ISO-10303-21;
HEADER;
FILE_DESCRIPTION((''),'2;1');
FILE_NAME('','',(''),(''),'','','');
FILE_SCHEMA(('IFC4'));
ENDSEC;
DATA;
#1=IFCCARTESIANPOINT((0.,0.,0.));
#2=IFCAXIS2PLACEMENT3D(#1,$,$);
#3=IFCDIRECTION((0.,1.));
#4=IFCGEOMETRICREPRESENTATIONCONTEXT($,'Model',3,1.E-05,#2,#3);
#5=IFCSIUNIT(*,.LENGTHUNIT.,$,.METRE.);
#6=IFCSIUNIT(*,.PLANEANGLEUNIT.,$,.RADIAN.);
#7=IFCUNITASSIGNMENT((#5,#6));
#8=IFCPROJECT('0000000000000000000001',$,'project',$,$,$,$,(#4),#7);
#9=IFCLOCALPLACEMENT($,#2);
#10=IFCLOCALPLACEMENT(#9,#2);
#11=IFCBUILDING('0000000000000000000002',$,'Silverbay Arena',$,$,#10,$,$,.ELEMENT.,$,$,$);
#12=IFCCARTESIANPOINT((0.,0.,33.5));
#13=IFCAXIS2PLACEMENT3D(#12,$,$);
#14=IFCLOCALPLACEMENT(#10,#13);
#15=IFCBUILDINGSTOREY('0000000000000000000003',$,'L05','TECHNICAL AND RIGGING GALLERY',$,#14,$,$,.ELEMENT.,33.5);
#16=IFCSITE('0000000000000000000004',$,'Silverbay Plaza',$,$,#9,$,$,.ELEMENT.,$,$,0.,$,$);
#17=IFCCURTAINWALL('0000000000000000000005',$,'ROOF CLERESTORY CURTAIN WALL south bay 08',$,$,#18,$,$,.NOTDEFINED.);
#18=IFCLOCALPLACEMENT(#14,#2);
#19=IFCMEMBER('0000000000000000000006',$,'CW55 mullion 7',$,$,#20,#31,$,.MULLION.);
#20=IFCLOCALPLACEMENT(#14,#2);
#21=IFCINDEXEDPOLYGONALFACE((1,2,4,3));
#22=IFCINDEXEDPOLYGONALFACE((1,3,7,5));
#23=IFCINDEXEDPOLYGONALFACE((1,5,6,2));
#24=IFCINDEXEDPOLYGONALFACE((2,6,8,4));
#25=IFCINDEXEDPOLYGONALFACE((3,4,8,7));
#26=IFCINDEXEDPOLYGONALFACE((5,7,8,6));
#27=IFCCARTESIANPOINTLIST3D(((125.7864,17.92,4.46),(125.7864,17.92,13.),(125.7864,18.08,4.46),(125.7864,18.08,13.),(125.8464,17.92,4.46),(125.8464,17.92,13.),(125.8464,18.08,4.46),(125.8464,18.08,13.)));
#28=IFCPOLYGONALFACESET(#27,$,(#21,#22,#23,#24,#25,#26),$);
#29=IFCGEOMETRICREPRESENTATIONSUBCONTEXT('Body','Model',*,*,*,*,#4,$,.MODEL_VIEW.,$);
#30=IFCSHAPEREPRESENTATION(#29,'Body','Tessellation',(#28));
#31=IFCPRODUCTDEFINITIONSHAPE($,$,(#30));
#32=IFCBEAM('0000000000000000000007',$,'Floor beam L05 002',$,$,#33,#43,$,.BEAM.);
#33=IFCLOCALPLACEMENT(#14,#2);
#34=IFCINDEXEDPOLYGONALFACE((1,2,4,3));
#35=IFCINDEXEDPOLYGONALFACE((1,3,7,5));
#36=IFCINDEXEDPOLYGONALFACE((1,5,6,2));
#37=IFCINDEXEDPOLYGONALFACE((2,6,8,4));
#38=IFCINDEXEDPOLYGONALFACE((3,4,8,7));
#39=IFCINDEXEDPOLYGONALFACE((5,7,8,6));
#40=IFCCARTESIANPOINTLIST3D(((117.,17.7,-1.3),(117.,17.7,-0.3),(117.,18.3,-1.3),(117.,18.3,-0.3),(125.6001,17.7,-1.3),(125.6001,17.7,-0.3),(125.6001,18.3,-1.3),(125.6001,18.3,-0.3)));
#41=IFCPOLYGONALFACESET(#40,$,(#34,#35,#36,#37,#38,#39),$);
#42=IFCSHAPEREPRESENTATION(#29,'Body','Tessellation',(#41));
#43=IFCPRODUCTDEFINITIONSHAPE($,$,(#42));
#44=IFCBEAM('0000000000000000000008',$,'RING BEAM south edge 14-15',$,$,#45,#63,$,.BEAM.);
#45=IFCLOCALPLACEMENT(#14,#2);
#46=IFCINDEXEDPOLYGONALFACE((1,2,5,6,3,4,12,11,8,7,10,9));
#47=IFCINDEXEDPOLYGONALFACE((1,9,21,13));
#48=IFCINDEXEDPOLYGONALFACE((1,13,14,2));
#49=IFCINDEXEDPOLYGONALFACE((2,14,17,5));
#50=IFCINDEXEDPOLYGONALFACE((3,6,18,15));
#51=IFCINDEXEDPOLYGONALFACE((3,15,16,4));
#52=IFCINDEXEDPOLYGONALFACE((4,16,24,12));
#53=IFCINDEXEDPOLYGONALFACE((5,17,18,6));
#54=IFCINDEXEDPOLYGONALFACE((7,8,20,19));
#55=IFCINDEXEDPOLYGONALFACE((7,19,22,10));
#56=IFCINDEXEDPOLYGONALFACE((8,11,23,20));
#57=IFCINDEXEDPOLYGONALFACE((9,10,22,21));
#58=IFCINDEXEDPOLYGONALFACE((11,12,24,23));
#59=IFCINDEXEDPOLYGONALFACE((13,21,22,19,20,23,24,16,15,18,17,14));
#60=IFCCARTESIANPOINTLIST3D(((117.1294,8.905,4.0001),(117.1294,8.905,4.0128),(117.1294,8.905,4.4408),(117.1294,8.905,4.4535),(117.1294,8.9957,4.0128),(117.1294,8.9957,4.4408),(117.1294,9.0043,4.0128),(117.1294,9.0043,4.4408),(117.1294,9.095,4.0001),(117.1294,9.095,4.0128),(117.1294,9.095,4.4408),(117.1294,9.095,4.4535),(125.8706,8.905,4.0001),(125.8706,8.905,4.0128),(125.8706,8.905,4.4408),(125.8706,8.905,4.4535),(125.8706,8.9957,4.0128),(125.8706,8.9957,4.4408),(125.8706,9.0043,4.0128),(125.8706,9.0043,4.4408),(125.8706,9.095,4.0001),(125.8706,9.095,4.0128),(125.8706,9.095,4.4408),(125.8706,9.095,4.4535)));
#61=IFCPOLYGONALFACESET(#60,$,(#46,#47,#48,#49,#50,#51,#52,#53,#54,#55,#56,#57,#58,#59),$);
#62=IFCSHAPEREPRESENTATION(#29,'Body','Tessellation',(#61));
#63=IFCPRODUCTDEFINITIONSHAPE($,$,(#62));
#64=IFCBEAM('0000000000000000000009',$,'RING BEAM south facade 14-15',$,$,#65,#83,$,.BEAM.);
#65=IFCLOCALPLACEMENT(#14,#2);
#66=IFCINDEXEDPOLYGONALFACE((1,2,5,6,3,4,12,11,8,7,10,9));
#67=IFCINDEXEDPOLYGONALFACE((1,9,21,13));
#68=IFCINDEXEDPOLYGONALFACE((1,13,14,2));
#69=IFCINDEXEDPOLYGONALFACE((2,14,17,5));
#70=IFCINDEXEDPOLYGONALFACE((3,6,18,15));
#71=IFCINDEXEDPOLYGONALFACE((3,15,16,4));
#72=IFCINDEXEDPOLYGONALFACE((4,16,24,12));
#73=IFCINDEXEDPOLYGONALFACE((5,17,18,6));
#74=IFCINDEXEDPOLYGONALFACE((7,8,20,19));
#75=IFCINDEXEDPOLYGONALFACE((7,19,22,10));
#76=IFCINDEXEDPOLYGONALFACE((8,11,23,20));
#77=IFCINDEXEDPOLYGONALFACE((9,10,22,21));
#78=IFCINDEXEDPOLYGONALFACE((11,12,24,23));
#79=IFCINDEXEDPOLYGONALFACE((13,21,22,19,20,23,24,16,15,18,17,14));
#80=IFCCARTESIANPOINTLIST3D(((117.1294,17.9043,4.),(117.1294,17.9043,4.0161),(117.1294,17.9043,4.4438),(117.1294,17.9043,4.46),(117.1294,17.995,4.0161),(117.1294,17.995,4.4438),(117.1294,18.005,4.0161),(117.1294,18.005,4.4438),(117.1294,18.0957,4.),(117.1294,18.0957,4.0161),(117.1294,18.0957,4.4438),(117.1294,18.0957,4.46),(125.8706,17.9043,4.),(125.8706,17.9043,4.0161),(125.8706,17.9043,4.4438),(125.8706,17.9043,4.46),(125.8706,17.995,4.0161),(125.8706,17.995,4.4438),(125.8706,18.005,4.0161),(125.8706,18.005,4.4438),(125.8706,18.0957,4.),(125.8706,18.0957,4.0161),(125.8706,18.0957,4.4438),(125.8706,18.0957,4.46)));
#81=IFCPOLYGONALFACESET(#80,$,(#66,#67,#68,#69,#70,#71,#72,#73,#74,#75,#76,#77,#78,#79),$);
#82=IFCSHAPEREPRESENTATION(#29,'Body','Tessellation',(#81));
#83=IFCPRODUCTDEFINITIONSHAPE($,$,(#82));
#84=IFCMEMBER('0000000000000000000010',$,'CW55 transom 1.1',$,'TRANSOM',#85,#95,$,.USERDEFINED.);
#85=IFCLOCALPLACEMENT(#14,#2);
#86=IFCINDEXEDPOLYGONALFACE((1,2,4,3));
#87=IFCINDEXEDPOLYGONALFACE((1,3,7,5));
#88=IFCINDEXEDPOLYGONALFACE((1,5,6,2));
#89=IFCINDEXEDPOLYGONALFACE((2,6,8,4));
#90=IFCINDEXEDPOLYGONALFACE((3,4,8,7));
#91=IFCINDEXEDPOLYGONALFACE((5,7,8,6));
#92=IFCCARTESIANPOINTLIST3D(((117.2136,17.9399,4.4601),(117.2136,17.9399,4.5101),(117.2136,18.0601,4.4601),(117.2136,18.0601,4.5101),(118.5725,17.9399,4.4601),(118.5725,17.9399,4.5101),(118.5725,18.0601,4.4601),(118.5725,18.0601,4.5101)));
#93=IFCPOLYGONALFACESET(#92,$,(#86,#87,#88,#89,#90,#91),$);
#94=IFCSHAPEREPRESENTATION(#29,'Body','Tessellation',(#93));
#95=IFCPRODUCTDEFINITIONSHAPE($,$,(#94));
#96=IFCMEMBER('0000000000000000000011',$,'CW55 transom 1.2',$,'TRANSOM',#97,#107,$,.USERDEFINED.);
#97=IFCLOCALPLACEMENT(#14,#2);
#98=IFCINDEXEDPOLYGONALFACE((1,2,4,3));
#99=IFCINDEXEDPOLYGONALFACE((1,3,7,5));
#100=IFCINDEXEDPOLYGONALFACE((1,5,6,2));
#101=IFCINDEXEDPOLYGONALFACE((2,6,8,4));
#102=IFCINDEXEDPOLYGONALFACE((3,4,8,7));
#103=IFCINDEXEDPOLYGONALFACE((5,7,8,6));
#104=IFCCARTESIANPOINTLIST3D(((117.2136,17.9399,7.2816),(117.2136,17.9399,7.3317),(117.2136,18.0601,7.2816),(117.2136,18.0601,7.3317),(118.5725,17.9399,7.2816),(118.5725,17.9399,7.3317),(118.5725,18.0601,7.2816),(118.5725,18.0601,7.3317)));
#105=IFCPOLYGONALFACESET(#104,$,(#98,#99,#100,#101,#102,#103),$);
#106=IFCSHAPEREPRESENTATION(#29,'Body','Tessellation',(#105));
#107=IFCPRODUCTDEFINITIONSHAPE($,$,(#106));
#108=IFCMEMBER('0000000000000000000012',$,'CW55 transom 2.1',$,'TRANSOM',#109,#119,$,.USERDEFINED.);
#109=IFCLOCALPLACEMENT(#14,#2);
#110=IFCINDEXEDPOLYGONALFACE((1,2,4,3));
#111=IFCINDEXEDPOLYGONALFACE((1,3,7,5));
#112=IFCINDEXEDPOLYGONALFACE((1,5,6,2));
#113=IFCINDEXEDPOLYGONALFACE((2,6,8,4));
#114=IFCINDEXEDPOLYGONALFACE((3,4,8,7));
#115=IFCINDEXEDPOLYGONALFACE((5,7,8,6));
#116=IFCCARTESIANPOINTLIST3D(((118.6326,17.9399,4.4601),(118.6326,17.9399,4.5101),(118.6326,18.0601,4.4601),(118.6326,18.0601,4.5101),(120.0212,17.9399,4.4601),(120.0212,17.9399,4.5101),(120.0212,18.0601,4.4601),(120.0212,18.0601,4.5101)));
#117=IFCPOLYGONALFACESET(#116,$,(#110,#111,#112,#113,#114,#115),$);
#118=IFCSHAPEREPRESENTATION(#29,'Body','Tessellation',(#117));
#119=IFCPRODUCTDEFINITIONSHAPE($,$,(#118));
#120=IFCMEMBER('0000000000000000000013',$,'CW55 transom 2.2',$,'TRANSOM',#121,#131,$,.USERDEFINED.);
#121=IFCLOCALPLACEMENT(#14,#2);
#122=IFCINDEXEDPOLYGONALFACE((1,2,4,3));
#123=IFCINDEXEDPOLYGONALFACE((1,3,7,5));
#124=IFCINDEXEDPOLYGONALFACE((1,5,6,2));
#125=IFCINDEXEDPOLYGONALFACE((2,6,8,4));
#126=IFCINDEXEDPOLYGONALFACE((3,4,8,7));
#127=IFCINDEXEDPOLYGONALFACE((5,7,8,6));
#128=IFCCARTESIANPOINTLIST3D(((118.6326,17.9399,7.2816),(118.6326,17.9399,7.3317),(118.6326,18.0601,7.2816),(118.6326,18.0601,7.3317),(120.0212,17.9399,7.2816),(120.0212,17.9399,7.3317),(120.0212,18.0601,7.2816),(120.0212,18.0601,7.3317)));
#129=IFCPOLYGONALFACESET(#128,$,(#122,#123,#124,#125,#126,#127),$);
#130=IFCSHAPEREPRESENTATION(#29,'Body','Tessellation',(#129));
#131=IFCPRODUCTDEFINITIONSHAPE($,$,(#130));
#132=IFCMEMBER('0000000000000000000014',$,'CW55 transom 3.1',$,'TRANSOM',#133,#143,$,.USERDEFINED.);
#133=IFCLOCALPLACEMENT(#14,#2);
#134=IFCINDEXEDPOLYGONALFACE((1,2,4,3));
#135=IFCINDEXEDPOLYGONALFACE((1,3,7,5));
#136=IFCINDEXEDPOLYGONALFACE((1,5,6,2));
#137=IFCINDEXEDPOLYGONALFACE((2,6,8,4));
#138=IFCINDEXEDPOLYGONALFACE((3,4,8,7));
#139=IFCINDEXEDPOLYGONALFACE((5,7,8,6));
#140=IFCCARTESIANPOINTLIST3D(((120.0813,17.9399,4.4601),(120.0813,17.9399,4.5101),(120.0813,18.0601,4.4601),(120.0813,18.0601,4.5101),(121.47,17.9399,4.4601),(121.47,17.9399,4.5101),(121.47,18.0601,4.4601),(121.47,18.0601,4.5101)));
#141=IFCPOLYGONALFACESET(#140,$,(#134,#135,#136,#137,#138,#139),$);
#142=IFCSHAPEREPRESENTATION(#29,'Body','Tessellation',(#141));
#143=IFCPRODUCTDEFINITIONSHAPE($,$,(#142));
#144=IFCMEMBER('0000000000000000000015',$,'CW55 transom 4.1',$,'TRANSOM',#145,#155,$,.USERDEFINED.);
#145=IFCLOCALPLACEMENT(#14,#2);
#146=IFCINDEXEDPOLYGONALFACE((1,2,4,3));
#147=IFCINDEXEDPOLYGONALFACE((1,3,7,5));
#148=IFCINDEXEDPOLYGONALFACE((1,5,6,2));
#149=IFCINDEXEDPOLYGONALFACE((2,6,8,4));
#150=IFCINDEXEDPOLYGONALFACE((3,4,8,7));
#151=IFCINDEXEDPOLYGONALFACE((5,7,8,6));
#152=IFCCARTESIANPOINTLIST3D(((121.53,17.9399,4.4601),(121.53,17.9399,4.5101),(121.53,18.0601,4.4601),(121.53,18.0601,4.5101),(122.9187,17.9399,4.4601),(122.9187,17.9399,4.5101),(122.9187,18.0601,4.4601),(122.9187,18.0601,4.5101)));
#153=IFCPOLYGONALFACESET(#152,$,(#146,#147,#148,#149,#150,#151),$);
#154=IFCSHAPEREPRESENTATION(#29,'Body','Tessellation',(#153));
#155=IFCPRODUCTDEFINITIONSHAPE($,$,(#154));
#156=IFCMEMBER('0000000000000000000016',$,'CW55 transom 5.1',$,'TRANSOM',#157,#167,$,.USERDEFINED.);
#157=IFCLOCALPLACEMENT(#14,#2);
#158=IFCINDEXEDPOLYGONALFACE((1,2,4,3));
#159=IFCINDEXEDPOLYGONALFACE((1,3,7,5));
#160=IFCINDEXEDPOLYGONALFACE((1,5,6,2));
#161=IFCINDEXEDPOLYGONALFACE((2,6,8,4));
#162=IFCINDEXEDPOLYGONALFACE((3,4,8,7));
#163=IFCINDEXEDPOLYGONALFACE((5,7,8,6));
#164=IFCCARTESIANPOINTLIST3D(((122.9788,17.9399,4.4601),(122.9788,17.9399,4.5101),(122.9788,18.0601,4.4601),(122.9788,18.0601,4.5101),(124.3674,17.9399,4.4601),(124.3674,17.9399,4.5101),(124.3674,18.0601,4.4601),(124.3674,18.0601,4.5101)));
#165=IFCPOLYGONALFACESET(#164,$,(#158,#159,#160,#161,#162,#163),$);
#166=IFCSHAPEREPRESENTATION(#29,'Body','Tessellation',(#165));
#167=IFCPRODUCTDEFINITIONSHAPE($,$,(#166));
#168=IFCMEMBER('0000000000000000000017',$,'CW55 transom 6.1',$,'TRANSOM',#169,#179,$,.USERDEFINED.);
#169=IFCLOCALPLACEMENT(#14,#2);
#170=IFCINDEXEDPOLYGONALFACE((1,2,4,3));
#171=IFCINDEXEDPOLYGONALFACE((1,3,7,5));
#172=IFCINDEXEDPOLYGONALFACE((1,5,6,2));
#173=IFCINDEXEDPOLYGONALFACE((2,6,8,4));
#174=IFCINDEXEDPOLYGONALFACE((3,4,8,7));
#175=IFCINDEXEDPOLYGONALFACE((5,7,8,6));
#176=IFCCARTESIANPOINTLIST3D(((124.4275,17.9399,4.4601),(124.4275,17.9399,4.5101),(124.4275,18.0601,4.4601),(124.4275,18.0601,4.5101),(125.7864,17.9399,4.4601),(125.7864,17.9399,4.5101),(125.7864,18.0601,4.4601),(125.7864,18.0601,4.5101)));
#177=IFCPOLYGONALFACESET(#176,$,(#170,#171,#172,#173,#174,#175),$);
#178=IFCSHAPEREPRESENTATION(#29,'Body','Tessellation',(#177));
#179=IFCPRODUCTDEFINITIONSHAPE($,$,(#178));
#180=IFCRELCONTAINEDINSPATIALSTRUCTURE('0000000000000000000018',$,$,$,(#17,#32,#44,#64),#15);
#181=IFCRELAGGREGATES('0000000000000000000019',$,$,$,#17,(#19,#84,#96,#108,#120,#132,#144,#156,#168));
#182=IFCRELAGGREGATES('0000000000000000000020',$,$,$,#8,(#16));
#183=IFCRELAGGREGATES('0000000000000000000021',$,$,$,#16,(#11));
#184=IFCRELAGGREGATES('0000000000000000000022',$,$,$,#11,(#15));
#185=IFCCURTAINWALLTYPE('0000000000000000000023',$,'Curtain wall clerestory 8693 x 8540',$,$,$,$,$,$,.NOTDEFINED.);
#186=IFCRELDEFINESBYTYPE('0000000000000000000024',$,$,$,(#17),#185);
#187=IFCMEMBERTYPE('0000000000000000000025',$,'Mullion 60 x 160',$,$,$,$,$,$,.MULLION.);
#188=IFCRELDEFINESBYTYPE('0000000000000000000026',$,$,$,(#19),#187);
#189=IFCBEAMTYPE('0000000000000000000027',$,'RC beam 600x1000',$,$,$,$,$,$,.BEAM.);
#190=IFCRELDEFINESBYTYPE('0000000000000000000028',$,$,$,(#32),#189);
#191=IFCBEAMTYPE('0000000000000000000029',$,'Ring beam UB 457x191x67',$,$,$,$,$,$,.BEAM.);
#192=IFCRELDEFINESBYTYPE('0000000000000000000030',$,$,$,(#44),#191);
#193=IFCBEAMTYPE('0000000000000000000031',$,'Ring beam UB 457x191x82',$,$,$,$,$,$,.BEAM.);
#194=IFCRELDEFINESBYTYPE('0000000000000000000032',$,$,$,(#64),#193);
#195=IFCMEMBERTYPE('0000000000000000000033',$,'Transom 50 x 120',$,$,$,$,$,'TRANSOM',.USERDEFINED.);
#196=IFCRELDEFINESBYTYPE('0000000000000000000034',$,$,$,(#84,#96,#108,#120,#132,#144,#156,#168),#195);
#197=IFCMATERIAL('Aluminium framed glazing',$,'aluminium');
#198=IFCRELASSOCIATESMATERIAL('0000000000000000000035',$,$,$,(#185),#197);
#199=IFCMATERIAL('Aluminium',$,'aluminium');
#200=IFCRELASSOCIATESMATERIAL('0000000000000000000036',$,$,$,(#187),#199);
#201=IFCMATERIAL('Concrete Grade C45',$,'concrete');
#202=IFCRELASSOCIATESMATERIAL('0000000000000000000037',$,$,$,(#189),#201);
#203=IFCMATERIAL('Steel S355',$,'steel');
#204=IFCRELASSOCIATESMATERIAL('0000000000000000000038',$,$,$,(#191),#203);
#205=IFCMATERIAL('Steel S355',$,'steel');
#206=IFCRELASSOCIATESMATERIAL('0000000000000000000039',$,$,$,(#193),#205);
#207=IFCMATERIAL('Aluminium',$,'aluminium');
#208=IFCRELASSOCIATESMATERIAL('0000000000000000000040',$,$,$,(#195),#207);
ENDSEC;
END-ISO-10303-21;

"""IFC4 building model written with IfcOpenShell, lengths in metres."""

from ifc_helpers import new_model, si_unit, direction, frame, origin, origin_2d, place, context, subcontext, project, spatial, rectangle, i_section, extrude, material, material_profile, profile_set, type_object, element, aggregate, save


model = new_model("IFC4")

# Units and contexts
model_context = context("Model", 3, precision=1e-05, world=origin(), true_north=direction((0.0, 1.0)))
body_context = subcontext(model_context, "Body", "Model", "MODEL_VIEW")
ifc_project = project(units=[si_unit("LENGTHUNIT", "METRE"), si_unit("PLANEANGLEUNIT", "RADIAN")], contexts=[model_context])

# Site, building, storey
site_placement = place(None, origin())
site = spatial("IfcSite", under=ifc_project, at=site_placement, Name="Silverbay Plaza", CompositionType="ELEMENT", RefElevation=0.0)
building_placement = place(site_placement, origin())
building = spatial("IfcBuilding", under=site, at=building_placement, Name="Silverbay Arena", CompositionType="ELEMENT")
storey_placement = place(building_placement, frame((0.0, 0.0, 33.5)))
storey = spatial("IfcBuildingStorey", under=building, at=storey_placement, Name="L05", Description="TECHNICAL AND RIGGING GALLERY", CompositionType="ELEMENT", Elevation=33.5)

# Curtain wall, member
ifc_material_1 = material(Name="Aluminium framed glazing", Category="aluminium")
curtain_wall_type = type_object("IfcCurtainWallType", Name="Curtain wall clerestory 8693 x 8540", PredefinedType="NOTDEFINED", material=ifc_material_1)
curtain_wall_placement = place(storey_placement, origin())
curtain_wall = element("IfcCurtainWall", 1, at=curtain_wall_placement, inside=storey, type_object=curtain_wall_type, Name="ROOF CLERESTORY CURTAIN WALL south bay 08", PredefinedType="NOTDEFINED")
ifc_material_2 = material(Name="Aluminium", Category="aluminium")
ifc_material_profile_1 = material_profile(ifc_material_2, rectangle(XDim=0.1599, YDim=0.0601, at=origin_2d()), Name="Mullion 60 x 160")
ifc_profile_set_1 = profile_set([ifc_material_profile_1], Name="Aluminium")
member_type_1 = type_object("IfcMemberType", Name="Mullion 60 x 160", PredefinedType="MULLION", material=ifc_profile_set_1)
member_1_placement = place(storey_placement, frame((125.8164, 18.0, 4.46), z_axis=(0.0, 0.0, 1.0), x_axis=(0.0, 1.0, 0.0)))
member_1 = element("IfcMember", 2, at=member_1_placement, type_object=member_type_1, Name="CW55 mullion 7", PredefinedType="MULLION", context=body_context, shape_type="SweptSolid", body=[
    extrude(rectangle(XDim=0.1599, YDim=0.0601, at=origin_2d()), origin(), (0.0, 0.0, 1.0), 8.54),
])

# Beams
ifc_material_3 = material(Name="Concrete Grade C45", Category="concrete")
ifc_material_profile_2 = material_profile(ifc_material_3, rectangle(XDim=0.6001, YDim=1.0, at=origin_2d()), Name="RC 600x1000")
ifc_profile_set_2 = profile_set([ifc_material_profile_2], Name="Concrete Grade C45")
beam_type_1 = type_object("IfcBeamType", Name="RC beam 600x1000", PredefinedType="BEAM", material=ifc_profile_set_2)
beam_1_placement = place(storey_placement, frame((117.0, 18.0, -0.8), z_axis=(1.0, 0.0, 0.0), x_axis=(0.0, 1.0, 0.0)))
element("IfcBeam", 3, at=beam_1_placement, inside=storey, type_object=beam_type_1, Name="Floor beam L05 002", PredefinedType="BEAM", context=body_context, shape_type="SweptSolid", body=[
    extrude(rectangle(XDim=0.6001, YDim=1.0, at=origin_2d()), origin(), (0.0, 0.0, 1.0), 8.6001),
])
ifc_material_4 = material(Name="Steel S355", Category="steel")
ifc_material_profile_3 = material_profile(ifc_material_4, i_section(OverallWidth=0.1899, OverallDepth=0.4534, WebThickness=0.0085, FlangeThickness=0.0127, at=origin_2d()), Name="UB 457x191x67")
ifc_profile_set_3 = profile_set([ifc_material_profile_3], Name="Steel S355")
beam_type_2 = type_object("IfcBeamType", Name="Ring beam UB 457x191x67", PredefinedType="BEAM", material=ifc_profile_set_3)
beam_2_placement = place(storey_placement, frame((117.1294, 9.0, 4.2268), z_axis=(1.0, 0.0, 0.0), x_axis=(0.0, 1.0, 0.0)))
element("IfcBeam", 4, at=beam_2_placement, inside=storey, type_object=beam_type_2, Name="RING BEAM south edge 14-15", PredefinedType="BEAM", context=body_context, shape_type="SweptSolid", body=[
    extrude(i_section(OverallWidth=0.1899, OverallDepth=0.4534, WebThickness=0.0085, FlangeThickness=0.0127, at=origin_2d()), origin(), (0.0, 0.0, 1.0), 8.7412),
])
ifc_material_5 = material(Name="Steel S355", Category="steel")
ifc_material_profile_4 = material_profile(ifc_material_5, i_section(OverallWidth=0.1914, OverallDepth=0.46, WebThickness=0.01, FlangeThickness=0.0161, at=origin_2d()), Name="UB 457x191x82")
ifc_profile_set_4 = profile_set([ifc_material_profile_4], Name="Steel S355")
beam_type_3 = type_object("IfcBeamType", Name="Ring beam UB 457x191x82", PredefinedType="BEAM", material=ifc_profile_set_4)
beam_3_placement = place(storey_placement, frame((117.1294, 18.0, 4.23), z_axis=(1.0, 0.0, 0.0), x_axis=(0.0, 1.0, 0.0)))
element("IfcBeam", 5, at=beam_3_placement, inside=storey, type_object=beam_type_3, Name="RING BEAM south facade 14-15", PredefinedType="BEAM", context=body_context, shape_type="SweptSolid", body=[
    extrude(i_section(OverallWidth=0.1914, OverallDepth=0.46, WebThickness=0.01, FlangeThickness=0.0161, at=origin_2d()), origin(), (0.0, 0.0, 1.0), 8.7412),
])

# Members
ifc_material_6 = material(Name="Aluminium", Category="aluminium")
ifc_material_profile_5 = material_profile(ifc_material_6, rectangle(XDim=0.1201, YDim=0.05, at=origin_2d()), Name="Transom 50 x 120")
ifc_profile_set_5 = profile_set([ifc_material_profile_5], Name="Aluminium")
member_type_2 = type_object("IfcMemberType", Name="Transom 50 x 120", ElementType="TRANSOM", PredefinedType="USERDEFINED", material=ifc_profile_set_5)
member_2_placement = place(storey_placement, frame((117.2136, 18.0, 4.4851), z_axis=(1.0, 0.0, 0.0), x_axis=(0.0, 1.0, 0.0)))
member_2 = element("IfcMember", 6, at=member_2_placement, type_object=member_type_2, Name="CW55 transom 1.1", ObjectType="TRANSOM", PredefinedType="USERDEFINED", context=body_context, shape_type="SweptSolid", body=[
    extrude(rectangle(XDim=0.1201, YDim=0.05, at=origin_2d()), origin(), (0.0, 0.0, 1.0), 1.3589),
])
member_3_placement = place(storey_placement, frame((117.2136, 18.0, 7.3066), z_axis=(1.0, 0.0, 0.0), x_axis=(0.0, 1.0, 0.0)))
member_3 = element("IfcMember", 7, at=member_3_placement, type_object=member_type_2, Name="CW55 transom 1.2", ObjectType="TRANSOM", PredefinedType="USERDEFINED", context=body_context, shape_type="SweptSolid", body=[
    extrude(rectangle(XDim=0.1201, YDim=0.05, at=origin_2d()), origin(), (0.0, 0.0, 1.0), 1.3589),
])
member_4_placement = place(storey_placement, frame((118.6326, 18.0, 4.4851), z_axis=(1.0, 0.0, 0.0), x_axis=(0.0, 1.0, 0.0)))
member_4 = element("IfcMember", 8, at=member_4_placement, type_object=member_type_2, Name="CW55 transom 2.1", ObjectType="TRANSOM", PredefinedType="USERDEFINED", context=body_context, shape_type="SweptSolid", body=[
    extrude(rectangle(XDim=0.1201, YDim=0.05, at=origin_2d()), origin(), (0.0, 0.0, 1.0), 1.3887),
])
member_5_placement = place(storey_placement, frame((118.6326, 18.0, 7.3066), z_axis=(1.0, 0.0, 0.0), x_axis=(0.0, 1.0, 0.0)))
member_5 = element("IfcMember", 9, at=member_5_placement, type_object=member_type_2, Name="CW55 transom 2.2", ObjectType="TRANSOM", PredefinedType="USERDEFINED", context=body_context, shape_type="SweptSolid", body=[
    extrude(rectangle(XDim=0.1201, YDim=0.05, at=origin_2d()), origin(), (0.0, 0.0, 1.0), 1.3887),
])
member_6_placement = place(storey_placement, frame((120.0813, 18.0, 4.4851), z_axis=(1.0, 0.0, 0.0), x_axis=(0.0, 1.0, 0.0)))
member_6 = element("IfcMember", 10, at=member_6_placement, type_object=member_type_2, Name="CW55 transom 3.1", ObjectType="TRANSOM", PredefinedType="USERDEFINED", context=body_context, shape_type="SweptSolid", body=[
    extrude(rectangle(XDim=0.1201, YDim=0.05, at=origin_2d()), origin(), (0.0, 0.0, 1.0), 1.3887),
])
member_7_placement = place(storey_placement, frame((121.53, 18.0, 4.4851), z_axis=(1.0, 0.0, 0.0), x_axis=(0.0, 1.0, 0.0)))
member_7 = element("IfcMember", 11, at=member_7_placement, type_object=member_type_2, Name="CW55 transom 4.1", ObjectType="TRANSOM", PredefinedType="USERDEFINED", context=body_context, shape_type="SweptSolid", body=[
    extrude(rectangle(XDim=0.1201, YDim=0.05, at=origin_2d()), origin(), (0.0, 0.0, 1.0), 1.3887),
])
member_8_placement = place(storey_placement, frame((122.9788, 18.0, 4.4851), z_axis=(1.0, 0.0, 0.0), x_axis=(0.0, 1.0, 0.0)))
member_8 = element("IfcMember", 12, at=member_8_placement, type_object=member_type_2, Name="CW55 transom 5.1", ObjectType="TRANSOM", PredefinedType="USERDEFINED", context=body_context, shape_type="SweptSolid", body=[
    extrude(rectangle(XDim=0.1201, YDim=0.05, at=origin_2d()), origin(), (0.0, 0.0, 1.0), 1.3887),
])
member_9_placement = place(storey_placement, frame((124.4275, 18.0, 4.4851), z_axis=(1.0, 0.0, 0.0), x_axis=(0.0, 1.0, 0.0)))
member_9 = element("IfcMember", 13, at=member_9_placement, type_object=member_type_2, Name="CW55 transom 6.1", ObjectType="TRANSOM", PredefinedType="USERDEFINED", context=body_context, shape_type="SweptSolid", body=[
    extrude(rectangle(XDim=0.1201, YDim=0.05, at=origin_2d()), origin(), (0.0, 0.0, 1.0), 1.3589),
])

aggregate(curtain_wall, [member_1, member_2, member_3, member_4, member_5, member_6, member_7, member_8, member_9])

save(model, "model.ifc")
